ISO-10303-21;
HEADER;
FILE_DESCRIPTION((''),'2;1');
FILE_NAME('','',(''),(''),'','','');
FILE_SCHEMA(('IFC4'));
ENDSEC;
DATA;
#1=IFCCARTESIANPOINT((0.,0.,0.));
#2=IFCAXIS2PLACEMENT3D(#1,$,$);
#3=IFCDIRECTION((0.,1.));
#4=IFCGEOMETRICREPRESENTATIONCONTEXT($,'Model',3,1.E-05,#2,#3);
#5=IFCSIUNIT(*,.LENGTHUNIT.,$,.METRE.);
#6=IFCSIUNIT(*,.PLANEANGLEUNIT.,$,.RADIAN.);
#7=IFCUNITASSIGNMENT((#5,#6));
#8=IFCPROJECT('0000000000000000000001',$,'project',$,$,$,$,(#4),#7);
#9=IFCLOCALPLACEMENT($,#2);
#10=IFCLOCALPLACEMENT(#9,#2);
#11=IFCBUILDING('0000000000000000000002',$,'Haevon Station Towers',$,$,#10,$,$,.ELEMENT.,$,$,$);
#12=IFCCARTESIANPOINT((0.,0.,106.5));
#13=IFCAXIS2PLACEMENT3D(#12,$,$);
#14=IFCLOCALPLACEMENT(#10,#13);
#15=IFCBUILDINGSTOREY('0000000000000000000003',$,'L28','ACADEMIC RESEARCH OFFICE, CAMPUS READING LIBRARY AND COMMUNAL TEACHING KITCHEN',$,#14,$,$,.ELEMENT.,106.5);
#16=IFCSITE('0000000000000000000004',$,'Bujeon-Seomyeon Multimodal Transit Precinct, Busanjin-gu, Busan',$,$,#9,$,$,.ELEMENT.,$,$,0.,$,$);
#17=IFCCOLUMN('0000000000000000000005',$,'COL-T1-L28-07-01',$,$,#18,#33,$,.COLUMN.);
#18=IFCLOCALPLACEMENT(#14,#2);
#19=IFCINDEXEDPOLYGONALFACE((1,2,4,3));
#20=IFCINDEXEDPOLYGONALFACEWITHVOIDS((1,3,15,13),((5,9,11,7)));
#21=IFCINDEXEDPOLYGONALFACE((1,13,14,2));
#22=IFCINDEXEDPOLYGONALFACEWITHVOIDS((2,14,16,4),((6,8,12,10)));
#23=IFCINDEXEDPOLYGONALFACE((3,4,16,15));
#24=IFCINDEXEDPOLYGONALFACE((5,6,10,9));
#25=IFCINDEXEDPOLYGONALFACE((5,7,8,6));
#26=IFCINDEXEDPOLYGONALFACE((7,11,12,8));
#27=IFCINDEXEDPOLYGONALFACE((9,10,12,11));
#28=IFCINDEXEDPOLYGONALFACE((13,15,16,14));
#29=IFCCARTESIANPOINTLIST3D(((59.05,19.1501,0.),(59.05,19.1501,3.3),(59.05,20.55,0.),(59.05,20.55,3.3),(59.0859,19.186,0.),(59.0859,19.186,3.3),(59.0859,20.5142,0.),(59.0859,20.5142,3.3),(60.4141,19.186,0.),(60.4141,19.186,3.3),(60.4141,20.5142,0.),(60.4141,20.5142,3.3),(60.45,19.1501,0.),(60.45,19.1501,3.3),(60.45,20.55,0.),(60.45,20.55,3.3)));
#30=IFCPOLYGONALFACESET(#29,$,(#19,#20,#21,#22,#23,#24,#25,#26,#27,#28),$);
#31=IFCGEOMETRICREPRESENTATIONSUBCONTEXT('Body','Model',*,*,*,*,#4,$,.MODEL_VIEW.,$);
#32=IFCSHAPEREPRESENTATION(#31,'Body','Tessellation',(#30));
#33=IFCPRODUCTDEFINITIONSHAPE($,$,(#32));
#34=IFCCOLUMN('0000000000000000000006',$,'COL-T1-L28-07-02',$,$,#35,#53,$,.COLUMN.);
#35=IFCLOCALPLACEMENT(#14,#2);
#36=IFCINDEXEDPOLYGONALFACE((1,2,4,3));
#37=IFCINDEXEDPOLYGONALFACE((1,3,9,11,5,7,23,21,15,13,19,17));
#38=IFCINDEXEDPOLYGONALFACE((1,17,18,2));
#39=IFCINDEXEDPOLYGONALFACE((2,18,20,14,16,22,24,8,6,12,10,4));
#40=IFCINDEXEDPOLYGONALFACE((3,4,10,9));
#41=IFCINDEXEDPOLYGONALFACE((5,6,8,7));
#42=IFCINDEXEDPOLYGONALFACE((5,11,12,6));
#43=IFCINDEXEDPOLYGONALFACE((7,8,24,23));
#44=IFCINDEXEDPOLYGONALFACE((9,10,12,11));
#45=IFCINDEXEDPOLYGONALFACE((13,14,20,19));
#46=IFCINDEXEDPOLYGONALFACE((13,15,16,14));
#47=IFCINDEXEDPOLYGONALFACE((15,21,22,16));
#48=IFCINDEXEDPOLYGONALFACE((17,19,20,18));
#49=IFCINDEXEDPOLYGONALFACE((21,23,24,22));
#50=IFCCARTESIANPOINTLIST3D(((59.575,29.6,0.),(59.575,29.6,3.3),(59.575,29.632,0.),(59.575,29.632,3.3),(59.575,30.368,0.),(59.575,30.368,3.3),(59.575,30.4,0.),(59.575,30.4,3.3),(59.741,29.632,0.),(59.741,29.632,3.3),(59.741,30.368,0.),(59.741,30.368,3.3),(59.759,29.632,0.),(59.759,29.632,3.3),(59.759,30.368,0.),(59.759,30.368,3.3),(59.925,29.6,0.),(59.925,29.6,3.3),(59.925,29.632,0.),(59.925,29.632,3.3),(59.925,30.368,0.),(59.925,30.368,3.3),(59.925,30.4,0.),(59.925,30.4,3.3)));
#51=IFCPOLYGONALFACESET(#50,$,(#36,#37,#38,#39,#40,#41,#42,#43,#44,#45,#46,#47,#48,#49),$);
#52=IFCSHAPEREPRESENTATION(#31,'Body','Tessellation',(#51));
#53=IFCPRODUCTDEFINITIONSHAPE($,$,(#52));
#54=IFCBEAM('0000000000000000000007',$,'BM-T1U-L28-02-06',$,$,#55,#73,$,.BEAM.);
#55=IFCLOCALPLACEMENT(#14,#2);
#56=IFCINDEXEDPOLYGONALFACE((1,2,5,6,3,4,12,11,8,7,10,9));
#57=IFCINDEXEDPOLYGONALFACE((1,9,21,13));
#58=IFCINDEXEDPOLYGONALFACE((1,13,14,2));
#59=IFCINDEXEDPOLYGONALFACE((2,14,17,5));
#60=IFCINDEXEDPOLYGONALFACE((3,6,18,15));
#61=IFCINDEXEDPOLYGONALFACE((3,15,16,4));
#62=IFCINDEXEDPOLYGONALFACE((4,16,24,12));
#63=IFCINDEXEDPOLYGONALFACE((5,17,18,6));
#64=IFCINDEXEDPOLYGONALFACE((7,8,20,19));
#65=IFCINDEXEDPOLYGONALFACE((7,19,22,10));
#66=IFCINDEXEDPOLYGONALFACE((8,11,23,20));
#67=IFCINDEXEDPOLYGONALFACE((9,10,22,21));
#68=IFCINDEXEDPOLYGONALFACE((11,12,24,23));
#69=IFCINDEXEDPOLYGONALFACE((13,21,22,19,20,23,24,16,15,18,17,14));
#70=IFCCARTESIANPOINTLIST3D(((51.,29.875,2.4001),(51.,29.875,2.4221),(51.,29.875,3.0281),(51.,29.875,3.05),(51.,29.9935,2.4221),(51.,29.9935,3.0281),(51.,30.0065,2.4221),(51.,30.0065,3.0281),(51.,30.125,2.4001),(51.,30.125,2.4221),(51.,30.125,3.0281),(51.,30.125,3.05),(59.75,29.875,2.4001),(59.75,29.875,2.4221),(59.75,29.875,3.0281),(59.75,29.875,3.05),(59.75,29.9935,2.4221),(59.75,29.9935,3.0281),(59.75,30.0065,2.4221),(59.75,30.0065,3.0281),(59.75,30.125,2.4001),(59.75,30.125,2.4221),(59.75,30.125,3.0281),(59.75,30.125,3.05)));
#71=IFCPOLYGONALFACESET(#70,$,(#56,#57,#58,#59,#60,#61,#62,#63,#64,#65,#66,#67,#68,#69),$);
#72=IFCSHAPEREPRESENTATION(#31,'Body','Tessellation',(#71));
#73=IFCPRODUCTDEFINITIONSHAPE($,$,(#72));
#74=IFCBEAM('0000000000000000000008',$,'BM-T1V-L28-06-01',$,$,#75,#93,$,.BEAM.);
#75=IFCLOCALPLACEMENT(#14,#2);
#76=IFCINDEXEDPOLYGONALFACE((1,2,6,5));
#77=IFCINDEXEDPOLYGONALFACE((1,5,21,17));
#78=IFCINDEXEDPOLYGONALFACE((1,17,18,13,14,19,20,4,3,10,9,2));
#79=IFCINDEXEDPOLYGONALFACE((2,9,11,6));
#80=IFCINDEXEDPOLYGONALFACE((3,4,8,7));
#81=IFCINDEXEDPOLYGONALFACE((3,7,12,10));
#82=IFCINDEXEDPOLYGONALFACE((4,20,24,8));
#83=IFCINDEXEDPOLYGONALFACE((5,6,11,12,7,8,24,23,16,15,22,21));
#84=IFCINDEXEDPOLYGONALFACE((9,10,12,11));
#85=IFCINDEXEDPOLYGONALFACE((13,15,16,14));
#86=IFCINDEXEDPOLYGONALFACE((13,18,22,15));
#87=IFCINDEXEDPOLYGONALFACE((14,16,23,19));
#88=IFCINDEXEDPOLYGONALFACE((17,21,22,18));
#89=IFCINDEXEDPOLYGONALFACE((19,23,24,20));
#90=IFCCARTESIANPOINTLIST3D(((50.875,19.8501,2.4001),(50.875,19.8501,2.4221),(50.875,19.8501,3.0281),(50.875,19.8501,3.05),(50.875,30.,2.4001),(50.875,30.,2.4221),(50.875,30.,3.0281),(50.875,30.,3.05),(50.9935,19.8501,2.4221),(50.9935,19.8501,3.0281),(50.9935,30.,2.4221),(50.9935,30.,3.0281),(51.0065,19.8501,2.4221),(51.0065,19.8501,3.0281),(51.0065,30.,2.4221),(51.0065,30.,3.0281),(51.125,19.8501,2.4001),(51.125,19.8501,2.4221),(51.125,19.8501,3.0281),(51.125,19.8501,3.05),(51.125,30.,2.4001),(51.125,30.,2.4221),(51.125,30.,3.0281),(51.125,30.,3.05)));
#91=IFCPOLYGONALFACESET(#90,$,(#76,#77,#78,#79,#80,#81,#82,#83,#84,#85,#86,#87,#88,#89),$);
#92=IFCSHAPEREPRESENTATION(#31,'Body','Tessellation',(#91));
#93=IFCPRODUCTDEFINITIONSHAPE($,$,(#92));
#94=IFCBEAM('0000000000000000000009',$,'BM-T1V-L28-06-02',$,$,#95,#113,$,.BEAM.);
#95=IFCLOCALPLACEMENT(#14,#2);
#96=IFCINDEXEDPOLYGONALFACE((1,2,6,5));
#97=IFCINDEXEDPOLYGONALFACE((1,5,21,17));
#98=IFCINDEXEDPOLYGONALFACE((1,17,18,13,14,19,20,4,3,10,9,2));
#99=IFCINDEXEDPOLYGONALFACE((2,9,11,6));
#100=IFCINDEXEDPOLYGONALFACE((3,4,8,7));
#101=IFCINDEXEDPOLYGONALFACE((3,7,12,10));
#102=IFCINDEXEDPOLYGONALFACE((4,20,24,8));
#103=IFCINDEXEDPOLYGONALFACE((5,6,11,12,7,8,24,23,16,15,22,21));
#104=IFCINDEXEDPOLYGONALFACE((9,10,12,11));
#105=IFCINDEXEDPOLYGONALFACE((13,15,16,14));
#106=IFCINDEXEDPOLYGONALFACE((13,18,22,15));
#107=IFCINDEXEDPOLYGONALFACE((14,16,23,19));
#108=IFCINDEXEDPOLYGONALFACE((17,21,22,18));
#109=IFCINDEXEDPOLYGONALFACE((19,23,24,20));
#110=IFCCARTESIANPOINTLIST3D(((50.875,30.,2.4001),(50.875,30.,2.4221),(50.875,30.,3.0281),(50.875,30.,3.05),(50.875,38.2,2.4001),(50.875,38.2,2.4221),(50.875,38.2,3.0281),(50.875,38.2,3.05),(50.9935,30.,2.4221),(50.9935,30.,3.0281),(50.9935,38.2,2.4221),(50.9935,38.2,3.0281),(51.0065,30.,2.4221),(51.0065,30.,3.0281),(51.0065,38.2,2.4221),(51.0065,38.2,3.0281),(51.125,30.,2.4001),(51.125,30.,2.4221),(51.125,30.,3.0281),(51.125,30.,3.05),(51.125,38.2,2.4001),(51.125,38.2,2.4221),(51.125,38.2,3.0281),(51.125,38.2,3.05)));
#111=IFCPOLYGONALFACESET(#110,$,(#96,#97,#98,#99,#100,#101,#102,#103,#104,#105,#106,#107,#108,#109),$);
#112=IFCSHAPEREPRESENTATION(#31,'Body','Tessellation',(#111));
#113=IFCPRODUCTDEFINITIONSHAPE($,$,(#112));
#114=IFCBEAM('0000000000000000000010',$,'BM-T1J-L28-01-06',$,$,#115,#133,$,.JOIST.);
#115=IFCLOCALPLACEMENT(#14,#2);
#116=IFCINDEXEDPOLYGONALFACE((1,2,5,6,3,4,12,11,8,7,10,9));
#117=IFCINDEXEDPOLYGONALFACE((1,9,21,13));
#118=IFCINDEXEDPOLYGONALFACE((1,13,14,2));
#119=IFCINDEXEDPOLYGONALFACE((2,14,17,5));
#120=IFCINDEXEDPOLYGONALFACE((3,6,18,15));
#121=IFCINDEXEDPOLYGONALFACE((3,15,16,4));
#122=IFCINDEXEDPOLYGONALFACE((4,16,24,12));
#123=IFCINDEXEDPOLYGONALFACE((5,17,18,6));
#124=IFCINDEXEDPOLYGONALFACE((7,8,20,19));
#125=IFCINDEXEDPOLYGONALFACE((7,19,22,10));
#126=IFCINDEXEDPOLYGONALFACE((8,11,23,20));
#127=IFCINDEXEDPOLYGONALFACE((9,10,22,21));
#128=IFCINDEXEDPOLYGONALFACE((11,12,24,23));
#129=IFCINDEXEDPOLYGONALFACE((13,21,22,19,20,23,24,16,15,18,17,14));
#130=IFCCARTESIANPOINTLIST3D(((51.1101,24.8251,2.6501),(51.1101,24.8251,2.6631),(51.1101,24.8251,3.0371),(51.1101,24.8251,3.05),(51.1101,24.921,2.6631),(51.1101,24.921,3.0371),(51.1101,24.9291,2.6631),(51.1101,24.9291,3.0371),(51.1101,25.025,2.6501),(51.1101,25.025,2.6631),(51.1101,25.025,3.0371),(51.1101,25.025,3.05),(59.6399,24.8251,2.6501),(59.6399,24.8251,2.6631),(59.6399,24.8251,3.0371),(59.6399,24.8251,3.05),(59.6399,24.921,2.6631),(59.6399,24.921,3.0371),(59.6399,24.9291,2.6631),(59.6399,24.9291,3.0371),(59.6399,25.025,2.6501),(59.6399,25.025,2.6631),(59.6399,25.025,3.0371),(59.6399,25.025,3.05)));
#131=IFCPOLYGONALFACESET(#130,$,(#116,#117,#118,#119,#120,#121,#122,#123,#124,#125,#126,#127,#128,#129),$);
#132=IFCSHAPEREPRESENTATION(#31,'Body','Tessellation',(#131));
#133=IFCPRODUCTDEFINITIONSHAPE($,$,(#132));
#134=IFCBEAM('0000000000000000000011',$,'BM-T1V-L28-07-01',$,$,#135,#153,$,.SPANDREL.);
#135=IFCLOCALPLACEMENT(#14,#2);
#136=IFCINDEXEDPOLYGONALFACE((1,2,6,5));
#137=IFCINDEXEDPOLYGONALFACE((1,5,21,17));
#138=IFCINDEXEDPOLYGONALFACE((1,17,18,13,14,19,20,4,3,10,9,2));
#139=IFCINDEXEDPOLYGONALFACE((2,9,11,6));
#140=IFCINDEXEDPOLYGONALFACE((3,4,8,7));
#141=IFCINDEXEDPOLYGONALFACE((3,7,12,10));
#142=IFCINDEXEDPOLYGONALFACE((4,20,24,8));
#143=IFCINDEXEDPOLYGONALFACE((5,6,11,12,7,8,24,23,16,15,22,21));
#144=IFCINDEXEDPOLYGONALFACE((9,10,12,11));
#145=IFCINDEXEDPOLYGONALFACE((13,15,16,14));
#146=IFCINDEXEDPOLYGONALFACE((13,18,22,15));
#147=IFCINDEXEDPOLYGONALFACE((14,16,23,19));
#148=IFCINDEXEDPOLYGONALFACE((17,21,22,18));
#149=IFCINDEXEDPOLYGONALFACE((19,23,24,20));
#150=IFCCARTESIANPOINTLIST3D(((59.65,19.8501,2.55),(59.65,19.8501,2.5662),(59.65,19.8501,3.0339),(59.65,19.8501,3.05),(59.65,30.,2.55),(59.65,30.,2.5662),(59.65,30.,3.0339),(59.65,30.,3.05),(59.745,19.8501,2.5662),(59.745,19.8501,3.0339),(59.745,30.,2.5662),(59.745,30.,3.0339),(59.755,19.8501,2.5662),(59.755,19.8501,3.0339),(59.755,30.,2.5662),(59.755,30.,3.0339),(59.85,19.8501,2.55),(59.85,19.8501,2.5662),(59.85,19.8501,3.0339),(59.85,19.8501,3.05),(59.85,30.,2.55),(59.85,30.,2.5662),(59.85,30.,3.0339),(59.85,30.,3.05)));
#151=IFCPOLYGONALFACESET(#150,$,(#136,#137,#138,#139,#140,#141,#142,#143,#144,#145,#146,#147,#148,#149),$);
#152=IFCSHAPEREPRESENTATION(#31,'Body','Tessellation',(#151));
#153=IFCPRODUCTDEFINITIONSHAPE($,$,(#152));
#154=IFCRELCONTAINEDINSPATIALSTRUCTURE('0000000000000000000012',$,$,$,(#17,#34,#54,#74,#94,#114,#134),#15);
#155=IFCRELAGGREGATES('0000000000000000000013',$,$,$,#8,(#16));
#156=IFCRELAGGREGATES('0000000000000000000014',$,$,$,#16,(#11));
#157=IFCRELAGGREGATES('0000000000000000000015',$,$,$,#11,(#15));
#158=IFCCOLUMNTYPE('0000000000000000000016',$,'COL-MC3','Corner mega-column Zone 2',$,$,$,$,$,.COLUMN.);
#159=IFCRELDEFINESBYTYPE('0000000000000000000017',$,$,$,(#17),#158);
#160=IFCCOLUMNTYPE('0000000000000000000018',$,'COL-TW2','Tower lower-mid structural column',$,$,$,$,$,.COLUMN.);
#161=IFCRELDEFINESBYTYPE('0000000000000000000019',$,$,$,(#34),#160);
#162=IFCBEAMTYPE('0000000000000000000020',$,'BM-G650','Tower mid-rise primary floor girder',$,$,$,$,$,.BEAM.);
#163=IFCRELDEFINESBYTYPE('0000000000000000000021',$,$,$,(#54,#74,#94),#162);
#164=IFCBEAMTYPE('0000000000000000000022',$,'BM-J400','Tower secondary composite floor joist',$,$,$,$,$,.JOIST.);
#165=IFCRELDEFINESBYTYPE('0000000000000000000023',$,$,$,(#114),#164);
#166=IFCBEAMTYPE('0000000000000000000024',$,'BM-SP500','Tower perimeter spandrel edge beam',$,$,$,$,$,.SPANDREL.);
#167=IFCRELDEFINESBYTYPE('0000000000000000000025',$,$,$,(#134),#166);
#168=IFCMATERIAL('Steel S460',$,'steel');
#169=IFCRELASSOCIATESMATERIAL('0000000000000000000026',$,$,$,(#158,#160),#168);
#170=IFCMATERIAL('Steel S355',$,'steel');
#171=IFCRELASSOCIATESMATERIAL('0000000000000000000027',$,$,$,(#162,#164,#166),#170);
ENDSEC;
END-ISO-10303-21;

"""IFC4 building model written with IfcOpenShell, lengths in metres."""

from ifc_helpers import new_model, si_unit, direction, frame, origin, origin_2d, place, context, subcontext, project, spatial, hollow_rectangle, i_section, extrude, material, material_profile, profile_set, type_object, element, save


model = new_model("IFC4")

# Units and contexts
model_context = context("Model", 3, precision=1e-05, world=origin(), true_north=direction((0.0, 1.0)))
body_context = subcontext(model_context, "Body", "Model", "MODEL_VIEW")
ifc_project = project(units=[si_unit("LENGTHUNIT", "METRE"), si_unit("PLANEANGLEUNIT", "RADIAN")], contexts=[model_context])

# Site, building, storey
site_placement = place(None, origin())
site = spatial("IfcSite", under=ifc_project, at=site_placement, Name="Bujeon-Seomyeon Multimodal Transit Precinct, Busanjin-gu, Busan", CompositionType="ELEMENT", RefElevation=0.0)
building_placement = place(site_placement, origin())
building = spatial("IfcBuilding", under=site, at=building_placement, Name="Haevon Station Towers", CompositionType="ELEMENT")
storey_placement = place(building_placement, frame((0.0, 0.0, 106.5)))
storey = spatial("IfcBuildingStorey", under=building, at=storey_placement, Name="L28", Description="ACADEMIC RESEARCH OFFICE, CAMPUS READING LIBRARY AND COMMUNAL TEACHING KITCHEN", CompositionType="ELEMENT", Elevation=106.5)

# Columns
ifc_material_1 = material(Name="Steel S460", Category="steel")
ifc_material_profile_1 = material_profile(ifc_material_1, hollow_rectangle(XDim=1.3999, YDim=1.3999, WallThickness=0.0359, at=origin_2d()), Name="BOX-1400x1400x36")
ifc_profile_set_1 = profile_set([ifc_material_profile_1], Name="Steel S460")
column_type_1 = type_object("IfcColumnType", Name="COL-MC3", Description="Corner mega-column Zone 2", PredefinedType="COLUMN", material=ifc_profile_set_1)
column_1_placement = place(storey_placement, frame((59.75, 19.8501, 0.0), z_axis=(0.0, 0.0, 1.0), x_axis=(1.0, 0.0, 0.0)))
element("IfcColumn", 1, at=column_1_placement, inside=storey, type_object=column_type_1, Name="COL-T1-L28-07-01", PredefinedType="COLUMN", context=body_context, shape_type="SweptSolid", body=[
    extrude(hollow_rectangle(XDim=1.3999, YDim=1.3999, WallThickness=0.0359, at=origin_2d()), origin(), (0.0, 0.0, 1.0), 3.3),
])
ifc_material_profile_2 = material_profile(ifc_material_1, i_section(OverallWidth=0.3501, OverallDepth=0.8, WebThickness=0.0181, FlangeThickness=0.032, at=origin_2d()), Name="H-800x350x18x32")
ifc_profile_set_2 = profile_set([ifc_material_profile_2], Name="Steel S460")
column_type_2 = type_object("IfcColumnType", Name="COL-TW2", Description="Tower lower-mid structural column", PredefinedType="COLUMN", material=ifc_profile_set_2)
column_2_placement = place(storey_placement, frame((59.75, 30.0, 0.0), z_axis=(0.0, 0.0, 1.0), x_axis=(1.0, 0.0, 0.0)))
element("IfcColumn", 2, at=column_2_placement, inside=storey, type_object=column_type_2, Name="COL-T1-L28-07-02", PredefinedType="COLUMN", context=body_context, shape_type="SweptSolid", body=[
    extrude(i_section(OverallWidth=0.3501, OverallDepth=0.8, WebThickness=0.0181, FlangeThickness=0.032, at=origin_2d()), origin(), (0.0, 0.0, 1.0), 3.3),
])

# Beams
ifc_material_2 = material(Name="Steel S355", Category="steel")
ifc_material_profile_3 = material_profile(ifc_material_2, i_section(OverallWidth=0.25, OverallDepth=0.6499, WebThickness=0.0129, FlangeThickness=0.022, at=origin_2d()), Name="H-650x250x13x22")
ifc_profile_set_3 = profile_set([ifc_material_profile_3], Name="Steel S355")
beam_type_1 = type_object("IfcBeamType", Name="BM-G650", Description="Tower mid-rise primary floor girder", PredefinedType="BEAM", material=ifc_profile_set_3)
beam_1_placement = place(storey_placement, frame((51.0, 30.0, 2.7251), z_axis=(1.0, 0.0, 0.0), x_axis=(0.0, 1.0, 0.0)))
element("IfcBeam", 3, at=beam_1_placement, inside=storey, type_object=beam_type_1, Name="BM-T1U-L28-02-06", PredefinedType="BEAM", context=body_context, shape_type="SweptSolid", body=[
    extrude(i_section(OverallWidth=0.25, OverallDepth=0.6499, WebThickness=0.0129, FlangeThickness=0.022, at=origin_2d()), origin(), (0.0, 0.0, 1.0), 8.75),
])
beam_2_placement = place(storey_placement, frame((51.0, 19.8501, 2.7251), z_axis=(0.0, 1.0, 0.0), x_axis=(-1.0, 0.0, 0.0)))
element("IfcBeam", 4, at=beam_2_placement, inside=storey, type_object=beam_type_1, Name="BM-T1V-L28-06-01", PredefinedType="BEAM", context=body_context, shape_type="SweptSolid", body=[
    extrude(i_section(OverallWidth=0.25, OverallDepth=0.6499, WebThickness=0.0129, FlangeThickness=0.022, at=origin_2d()), origin(), (0.0, 0.0, 1.0), 10.1499),
])
beam_3_placement = place(storey_placement, frame((51.0, 30.0, 2.7251), z_axis=(0.0, 1.0, 0.0), x_axis=(-1.0, 0.0, 0.0)))
element("IfcBeam", 5, at=beam_3_placement, inside=storey, type_object=beam_type_1, Name="BM-T1V-L28-06-02", PredefinedType="BEAM", context=body_context, shape_type="SweptSolid", body=[
    extrude(i_section(OverallWidth=0.25, OverallDepth=0.6499, WebThickness=0.0129, FlangeThickness=0.022, at=origin_2d()), origin(), (0.0, 0.0, 1.0), 8.2),
])
ifc_material_profile_4 = material_profile(ifc_material_2, i_section(OverallWidth=0.2, OverallDepth=0.3999, WebThickness=0.0081, FlangeThickness=0.0129, at=origin_2d()), Name="H-400x200x8x13")
ifc_profile_set_4 = profile_set([ifc_material_profile_4], Name="Steel S355")
beam_type_2 = type_object("IfcBeamType", Name="BM-J400", Description="Tower secondary composite floor joist", PredefinedType="JOIST", material=ifc_profile_set_4)
beam_4_placement = place(storey_placement, frame((51.1101, 24.925, 2.8501), z_axis=(1.0, 0.0, 0.0), x_axis=(0.0, 1.0, 0.0)))
element("IfcBeam", 6, at=beam_4_placement, inside=storey, type_object=beam_type_2, Name="BM-T1J-L28-01-06", PredefinedType="JOIST", context=body_context, shape_type="SweptSolid", body=[
    extrude(i_section(OverallWidth=0.2, OverallDepth=0.3999, WebThickness=0.0081, FlangeThickness=0.0129, at=origin_2d()), origin(), (0.0, 0.0, 1.0), 8.5298),
])
ifc_material_profile_5 = material_profile(ifc_material_2, i_section(OverallWidth=0.2, OverallDepth=0.5, WebThickness=0.01, FlangeThickness=0.0161, at=origin_2d()), Name="H-500x200x10x16")
ifc_profile_set_5 = profile_set([ifc_material_profile_5], Name="Steel S355")
beam_type_3 = type_object("IfcBeamType", Name="BM-SP500", Description="Tower perimeter spandrel edge beam", PredefinedType="SPANDREL", material=ifc_profile_set_5)
beam_5_placement = place(storey_placement, frame((59.75, 19.8501, 2.8), z_axis=(0.0, 1.0, 0.0), x_axis=(-1.0, 0.0, 0.0)))
element("IfcBeam", 7, at=beam_5_placement, inside=storey, type_object=beam_type_3, Name="BM-T1V-L28-07-01", PredefinedType="SPANDREL", context=body_context, shape_type="SweptSolid", body=[
    extrude(i_section(OverallWidth=0.2, OverallDepth=0.5, WebThickness=0.01, FlangeThickness=0.0161, at=origin_2d()), origin(), (0.0, 0.0, 1.0), 10.1499),
])

save(model, "model.ifc")
